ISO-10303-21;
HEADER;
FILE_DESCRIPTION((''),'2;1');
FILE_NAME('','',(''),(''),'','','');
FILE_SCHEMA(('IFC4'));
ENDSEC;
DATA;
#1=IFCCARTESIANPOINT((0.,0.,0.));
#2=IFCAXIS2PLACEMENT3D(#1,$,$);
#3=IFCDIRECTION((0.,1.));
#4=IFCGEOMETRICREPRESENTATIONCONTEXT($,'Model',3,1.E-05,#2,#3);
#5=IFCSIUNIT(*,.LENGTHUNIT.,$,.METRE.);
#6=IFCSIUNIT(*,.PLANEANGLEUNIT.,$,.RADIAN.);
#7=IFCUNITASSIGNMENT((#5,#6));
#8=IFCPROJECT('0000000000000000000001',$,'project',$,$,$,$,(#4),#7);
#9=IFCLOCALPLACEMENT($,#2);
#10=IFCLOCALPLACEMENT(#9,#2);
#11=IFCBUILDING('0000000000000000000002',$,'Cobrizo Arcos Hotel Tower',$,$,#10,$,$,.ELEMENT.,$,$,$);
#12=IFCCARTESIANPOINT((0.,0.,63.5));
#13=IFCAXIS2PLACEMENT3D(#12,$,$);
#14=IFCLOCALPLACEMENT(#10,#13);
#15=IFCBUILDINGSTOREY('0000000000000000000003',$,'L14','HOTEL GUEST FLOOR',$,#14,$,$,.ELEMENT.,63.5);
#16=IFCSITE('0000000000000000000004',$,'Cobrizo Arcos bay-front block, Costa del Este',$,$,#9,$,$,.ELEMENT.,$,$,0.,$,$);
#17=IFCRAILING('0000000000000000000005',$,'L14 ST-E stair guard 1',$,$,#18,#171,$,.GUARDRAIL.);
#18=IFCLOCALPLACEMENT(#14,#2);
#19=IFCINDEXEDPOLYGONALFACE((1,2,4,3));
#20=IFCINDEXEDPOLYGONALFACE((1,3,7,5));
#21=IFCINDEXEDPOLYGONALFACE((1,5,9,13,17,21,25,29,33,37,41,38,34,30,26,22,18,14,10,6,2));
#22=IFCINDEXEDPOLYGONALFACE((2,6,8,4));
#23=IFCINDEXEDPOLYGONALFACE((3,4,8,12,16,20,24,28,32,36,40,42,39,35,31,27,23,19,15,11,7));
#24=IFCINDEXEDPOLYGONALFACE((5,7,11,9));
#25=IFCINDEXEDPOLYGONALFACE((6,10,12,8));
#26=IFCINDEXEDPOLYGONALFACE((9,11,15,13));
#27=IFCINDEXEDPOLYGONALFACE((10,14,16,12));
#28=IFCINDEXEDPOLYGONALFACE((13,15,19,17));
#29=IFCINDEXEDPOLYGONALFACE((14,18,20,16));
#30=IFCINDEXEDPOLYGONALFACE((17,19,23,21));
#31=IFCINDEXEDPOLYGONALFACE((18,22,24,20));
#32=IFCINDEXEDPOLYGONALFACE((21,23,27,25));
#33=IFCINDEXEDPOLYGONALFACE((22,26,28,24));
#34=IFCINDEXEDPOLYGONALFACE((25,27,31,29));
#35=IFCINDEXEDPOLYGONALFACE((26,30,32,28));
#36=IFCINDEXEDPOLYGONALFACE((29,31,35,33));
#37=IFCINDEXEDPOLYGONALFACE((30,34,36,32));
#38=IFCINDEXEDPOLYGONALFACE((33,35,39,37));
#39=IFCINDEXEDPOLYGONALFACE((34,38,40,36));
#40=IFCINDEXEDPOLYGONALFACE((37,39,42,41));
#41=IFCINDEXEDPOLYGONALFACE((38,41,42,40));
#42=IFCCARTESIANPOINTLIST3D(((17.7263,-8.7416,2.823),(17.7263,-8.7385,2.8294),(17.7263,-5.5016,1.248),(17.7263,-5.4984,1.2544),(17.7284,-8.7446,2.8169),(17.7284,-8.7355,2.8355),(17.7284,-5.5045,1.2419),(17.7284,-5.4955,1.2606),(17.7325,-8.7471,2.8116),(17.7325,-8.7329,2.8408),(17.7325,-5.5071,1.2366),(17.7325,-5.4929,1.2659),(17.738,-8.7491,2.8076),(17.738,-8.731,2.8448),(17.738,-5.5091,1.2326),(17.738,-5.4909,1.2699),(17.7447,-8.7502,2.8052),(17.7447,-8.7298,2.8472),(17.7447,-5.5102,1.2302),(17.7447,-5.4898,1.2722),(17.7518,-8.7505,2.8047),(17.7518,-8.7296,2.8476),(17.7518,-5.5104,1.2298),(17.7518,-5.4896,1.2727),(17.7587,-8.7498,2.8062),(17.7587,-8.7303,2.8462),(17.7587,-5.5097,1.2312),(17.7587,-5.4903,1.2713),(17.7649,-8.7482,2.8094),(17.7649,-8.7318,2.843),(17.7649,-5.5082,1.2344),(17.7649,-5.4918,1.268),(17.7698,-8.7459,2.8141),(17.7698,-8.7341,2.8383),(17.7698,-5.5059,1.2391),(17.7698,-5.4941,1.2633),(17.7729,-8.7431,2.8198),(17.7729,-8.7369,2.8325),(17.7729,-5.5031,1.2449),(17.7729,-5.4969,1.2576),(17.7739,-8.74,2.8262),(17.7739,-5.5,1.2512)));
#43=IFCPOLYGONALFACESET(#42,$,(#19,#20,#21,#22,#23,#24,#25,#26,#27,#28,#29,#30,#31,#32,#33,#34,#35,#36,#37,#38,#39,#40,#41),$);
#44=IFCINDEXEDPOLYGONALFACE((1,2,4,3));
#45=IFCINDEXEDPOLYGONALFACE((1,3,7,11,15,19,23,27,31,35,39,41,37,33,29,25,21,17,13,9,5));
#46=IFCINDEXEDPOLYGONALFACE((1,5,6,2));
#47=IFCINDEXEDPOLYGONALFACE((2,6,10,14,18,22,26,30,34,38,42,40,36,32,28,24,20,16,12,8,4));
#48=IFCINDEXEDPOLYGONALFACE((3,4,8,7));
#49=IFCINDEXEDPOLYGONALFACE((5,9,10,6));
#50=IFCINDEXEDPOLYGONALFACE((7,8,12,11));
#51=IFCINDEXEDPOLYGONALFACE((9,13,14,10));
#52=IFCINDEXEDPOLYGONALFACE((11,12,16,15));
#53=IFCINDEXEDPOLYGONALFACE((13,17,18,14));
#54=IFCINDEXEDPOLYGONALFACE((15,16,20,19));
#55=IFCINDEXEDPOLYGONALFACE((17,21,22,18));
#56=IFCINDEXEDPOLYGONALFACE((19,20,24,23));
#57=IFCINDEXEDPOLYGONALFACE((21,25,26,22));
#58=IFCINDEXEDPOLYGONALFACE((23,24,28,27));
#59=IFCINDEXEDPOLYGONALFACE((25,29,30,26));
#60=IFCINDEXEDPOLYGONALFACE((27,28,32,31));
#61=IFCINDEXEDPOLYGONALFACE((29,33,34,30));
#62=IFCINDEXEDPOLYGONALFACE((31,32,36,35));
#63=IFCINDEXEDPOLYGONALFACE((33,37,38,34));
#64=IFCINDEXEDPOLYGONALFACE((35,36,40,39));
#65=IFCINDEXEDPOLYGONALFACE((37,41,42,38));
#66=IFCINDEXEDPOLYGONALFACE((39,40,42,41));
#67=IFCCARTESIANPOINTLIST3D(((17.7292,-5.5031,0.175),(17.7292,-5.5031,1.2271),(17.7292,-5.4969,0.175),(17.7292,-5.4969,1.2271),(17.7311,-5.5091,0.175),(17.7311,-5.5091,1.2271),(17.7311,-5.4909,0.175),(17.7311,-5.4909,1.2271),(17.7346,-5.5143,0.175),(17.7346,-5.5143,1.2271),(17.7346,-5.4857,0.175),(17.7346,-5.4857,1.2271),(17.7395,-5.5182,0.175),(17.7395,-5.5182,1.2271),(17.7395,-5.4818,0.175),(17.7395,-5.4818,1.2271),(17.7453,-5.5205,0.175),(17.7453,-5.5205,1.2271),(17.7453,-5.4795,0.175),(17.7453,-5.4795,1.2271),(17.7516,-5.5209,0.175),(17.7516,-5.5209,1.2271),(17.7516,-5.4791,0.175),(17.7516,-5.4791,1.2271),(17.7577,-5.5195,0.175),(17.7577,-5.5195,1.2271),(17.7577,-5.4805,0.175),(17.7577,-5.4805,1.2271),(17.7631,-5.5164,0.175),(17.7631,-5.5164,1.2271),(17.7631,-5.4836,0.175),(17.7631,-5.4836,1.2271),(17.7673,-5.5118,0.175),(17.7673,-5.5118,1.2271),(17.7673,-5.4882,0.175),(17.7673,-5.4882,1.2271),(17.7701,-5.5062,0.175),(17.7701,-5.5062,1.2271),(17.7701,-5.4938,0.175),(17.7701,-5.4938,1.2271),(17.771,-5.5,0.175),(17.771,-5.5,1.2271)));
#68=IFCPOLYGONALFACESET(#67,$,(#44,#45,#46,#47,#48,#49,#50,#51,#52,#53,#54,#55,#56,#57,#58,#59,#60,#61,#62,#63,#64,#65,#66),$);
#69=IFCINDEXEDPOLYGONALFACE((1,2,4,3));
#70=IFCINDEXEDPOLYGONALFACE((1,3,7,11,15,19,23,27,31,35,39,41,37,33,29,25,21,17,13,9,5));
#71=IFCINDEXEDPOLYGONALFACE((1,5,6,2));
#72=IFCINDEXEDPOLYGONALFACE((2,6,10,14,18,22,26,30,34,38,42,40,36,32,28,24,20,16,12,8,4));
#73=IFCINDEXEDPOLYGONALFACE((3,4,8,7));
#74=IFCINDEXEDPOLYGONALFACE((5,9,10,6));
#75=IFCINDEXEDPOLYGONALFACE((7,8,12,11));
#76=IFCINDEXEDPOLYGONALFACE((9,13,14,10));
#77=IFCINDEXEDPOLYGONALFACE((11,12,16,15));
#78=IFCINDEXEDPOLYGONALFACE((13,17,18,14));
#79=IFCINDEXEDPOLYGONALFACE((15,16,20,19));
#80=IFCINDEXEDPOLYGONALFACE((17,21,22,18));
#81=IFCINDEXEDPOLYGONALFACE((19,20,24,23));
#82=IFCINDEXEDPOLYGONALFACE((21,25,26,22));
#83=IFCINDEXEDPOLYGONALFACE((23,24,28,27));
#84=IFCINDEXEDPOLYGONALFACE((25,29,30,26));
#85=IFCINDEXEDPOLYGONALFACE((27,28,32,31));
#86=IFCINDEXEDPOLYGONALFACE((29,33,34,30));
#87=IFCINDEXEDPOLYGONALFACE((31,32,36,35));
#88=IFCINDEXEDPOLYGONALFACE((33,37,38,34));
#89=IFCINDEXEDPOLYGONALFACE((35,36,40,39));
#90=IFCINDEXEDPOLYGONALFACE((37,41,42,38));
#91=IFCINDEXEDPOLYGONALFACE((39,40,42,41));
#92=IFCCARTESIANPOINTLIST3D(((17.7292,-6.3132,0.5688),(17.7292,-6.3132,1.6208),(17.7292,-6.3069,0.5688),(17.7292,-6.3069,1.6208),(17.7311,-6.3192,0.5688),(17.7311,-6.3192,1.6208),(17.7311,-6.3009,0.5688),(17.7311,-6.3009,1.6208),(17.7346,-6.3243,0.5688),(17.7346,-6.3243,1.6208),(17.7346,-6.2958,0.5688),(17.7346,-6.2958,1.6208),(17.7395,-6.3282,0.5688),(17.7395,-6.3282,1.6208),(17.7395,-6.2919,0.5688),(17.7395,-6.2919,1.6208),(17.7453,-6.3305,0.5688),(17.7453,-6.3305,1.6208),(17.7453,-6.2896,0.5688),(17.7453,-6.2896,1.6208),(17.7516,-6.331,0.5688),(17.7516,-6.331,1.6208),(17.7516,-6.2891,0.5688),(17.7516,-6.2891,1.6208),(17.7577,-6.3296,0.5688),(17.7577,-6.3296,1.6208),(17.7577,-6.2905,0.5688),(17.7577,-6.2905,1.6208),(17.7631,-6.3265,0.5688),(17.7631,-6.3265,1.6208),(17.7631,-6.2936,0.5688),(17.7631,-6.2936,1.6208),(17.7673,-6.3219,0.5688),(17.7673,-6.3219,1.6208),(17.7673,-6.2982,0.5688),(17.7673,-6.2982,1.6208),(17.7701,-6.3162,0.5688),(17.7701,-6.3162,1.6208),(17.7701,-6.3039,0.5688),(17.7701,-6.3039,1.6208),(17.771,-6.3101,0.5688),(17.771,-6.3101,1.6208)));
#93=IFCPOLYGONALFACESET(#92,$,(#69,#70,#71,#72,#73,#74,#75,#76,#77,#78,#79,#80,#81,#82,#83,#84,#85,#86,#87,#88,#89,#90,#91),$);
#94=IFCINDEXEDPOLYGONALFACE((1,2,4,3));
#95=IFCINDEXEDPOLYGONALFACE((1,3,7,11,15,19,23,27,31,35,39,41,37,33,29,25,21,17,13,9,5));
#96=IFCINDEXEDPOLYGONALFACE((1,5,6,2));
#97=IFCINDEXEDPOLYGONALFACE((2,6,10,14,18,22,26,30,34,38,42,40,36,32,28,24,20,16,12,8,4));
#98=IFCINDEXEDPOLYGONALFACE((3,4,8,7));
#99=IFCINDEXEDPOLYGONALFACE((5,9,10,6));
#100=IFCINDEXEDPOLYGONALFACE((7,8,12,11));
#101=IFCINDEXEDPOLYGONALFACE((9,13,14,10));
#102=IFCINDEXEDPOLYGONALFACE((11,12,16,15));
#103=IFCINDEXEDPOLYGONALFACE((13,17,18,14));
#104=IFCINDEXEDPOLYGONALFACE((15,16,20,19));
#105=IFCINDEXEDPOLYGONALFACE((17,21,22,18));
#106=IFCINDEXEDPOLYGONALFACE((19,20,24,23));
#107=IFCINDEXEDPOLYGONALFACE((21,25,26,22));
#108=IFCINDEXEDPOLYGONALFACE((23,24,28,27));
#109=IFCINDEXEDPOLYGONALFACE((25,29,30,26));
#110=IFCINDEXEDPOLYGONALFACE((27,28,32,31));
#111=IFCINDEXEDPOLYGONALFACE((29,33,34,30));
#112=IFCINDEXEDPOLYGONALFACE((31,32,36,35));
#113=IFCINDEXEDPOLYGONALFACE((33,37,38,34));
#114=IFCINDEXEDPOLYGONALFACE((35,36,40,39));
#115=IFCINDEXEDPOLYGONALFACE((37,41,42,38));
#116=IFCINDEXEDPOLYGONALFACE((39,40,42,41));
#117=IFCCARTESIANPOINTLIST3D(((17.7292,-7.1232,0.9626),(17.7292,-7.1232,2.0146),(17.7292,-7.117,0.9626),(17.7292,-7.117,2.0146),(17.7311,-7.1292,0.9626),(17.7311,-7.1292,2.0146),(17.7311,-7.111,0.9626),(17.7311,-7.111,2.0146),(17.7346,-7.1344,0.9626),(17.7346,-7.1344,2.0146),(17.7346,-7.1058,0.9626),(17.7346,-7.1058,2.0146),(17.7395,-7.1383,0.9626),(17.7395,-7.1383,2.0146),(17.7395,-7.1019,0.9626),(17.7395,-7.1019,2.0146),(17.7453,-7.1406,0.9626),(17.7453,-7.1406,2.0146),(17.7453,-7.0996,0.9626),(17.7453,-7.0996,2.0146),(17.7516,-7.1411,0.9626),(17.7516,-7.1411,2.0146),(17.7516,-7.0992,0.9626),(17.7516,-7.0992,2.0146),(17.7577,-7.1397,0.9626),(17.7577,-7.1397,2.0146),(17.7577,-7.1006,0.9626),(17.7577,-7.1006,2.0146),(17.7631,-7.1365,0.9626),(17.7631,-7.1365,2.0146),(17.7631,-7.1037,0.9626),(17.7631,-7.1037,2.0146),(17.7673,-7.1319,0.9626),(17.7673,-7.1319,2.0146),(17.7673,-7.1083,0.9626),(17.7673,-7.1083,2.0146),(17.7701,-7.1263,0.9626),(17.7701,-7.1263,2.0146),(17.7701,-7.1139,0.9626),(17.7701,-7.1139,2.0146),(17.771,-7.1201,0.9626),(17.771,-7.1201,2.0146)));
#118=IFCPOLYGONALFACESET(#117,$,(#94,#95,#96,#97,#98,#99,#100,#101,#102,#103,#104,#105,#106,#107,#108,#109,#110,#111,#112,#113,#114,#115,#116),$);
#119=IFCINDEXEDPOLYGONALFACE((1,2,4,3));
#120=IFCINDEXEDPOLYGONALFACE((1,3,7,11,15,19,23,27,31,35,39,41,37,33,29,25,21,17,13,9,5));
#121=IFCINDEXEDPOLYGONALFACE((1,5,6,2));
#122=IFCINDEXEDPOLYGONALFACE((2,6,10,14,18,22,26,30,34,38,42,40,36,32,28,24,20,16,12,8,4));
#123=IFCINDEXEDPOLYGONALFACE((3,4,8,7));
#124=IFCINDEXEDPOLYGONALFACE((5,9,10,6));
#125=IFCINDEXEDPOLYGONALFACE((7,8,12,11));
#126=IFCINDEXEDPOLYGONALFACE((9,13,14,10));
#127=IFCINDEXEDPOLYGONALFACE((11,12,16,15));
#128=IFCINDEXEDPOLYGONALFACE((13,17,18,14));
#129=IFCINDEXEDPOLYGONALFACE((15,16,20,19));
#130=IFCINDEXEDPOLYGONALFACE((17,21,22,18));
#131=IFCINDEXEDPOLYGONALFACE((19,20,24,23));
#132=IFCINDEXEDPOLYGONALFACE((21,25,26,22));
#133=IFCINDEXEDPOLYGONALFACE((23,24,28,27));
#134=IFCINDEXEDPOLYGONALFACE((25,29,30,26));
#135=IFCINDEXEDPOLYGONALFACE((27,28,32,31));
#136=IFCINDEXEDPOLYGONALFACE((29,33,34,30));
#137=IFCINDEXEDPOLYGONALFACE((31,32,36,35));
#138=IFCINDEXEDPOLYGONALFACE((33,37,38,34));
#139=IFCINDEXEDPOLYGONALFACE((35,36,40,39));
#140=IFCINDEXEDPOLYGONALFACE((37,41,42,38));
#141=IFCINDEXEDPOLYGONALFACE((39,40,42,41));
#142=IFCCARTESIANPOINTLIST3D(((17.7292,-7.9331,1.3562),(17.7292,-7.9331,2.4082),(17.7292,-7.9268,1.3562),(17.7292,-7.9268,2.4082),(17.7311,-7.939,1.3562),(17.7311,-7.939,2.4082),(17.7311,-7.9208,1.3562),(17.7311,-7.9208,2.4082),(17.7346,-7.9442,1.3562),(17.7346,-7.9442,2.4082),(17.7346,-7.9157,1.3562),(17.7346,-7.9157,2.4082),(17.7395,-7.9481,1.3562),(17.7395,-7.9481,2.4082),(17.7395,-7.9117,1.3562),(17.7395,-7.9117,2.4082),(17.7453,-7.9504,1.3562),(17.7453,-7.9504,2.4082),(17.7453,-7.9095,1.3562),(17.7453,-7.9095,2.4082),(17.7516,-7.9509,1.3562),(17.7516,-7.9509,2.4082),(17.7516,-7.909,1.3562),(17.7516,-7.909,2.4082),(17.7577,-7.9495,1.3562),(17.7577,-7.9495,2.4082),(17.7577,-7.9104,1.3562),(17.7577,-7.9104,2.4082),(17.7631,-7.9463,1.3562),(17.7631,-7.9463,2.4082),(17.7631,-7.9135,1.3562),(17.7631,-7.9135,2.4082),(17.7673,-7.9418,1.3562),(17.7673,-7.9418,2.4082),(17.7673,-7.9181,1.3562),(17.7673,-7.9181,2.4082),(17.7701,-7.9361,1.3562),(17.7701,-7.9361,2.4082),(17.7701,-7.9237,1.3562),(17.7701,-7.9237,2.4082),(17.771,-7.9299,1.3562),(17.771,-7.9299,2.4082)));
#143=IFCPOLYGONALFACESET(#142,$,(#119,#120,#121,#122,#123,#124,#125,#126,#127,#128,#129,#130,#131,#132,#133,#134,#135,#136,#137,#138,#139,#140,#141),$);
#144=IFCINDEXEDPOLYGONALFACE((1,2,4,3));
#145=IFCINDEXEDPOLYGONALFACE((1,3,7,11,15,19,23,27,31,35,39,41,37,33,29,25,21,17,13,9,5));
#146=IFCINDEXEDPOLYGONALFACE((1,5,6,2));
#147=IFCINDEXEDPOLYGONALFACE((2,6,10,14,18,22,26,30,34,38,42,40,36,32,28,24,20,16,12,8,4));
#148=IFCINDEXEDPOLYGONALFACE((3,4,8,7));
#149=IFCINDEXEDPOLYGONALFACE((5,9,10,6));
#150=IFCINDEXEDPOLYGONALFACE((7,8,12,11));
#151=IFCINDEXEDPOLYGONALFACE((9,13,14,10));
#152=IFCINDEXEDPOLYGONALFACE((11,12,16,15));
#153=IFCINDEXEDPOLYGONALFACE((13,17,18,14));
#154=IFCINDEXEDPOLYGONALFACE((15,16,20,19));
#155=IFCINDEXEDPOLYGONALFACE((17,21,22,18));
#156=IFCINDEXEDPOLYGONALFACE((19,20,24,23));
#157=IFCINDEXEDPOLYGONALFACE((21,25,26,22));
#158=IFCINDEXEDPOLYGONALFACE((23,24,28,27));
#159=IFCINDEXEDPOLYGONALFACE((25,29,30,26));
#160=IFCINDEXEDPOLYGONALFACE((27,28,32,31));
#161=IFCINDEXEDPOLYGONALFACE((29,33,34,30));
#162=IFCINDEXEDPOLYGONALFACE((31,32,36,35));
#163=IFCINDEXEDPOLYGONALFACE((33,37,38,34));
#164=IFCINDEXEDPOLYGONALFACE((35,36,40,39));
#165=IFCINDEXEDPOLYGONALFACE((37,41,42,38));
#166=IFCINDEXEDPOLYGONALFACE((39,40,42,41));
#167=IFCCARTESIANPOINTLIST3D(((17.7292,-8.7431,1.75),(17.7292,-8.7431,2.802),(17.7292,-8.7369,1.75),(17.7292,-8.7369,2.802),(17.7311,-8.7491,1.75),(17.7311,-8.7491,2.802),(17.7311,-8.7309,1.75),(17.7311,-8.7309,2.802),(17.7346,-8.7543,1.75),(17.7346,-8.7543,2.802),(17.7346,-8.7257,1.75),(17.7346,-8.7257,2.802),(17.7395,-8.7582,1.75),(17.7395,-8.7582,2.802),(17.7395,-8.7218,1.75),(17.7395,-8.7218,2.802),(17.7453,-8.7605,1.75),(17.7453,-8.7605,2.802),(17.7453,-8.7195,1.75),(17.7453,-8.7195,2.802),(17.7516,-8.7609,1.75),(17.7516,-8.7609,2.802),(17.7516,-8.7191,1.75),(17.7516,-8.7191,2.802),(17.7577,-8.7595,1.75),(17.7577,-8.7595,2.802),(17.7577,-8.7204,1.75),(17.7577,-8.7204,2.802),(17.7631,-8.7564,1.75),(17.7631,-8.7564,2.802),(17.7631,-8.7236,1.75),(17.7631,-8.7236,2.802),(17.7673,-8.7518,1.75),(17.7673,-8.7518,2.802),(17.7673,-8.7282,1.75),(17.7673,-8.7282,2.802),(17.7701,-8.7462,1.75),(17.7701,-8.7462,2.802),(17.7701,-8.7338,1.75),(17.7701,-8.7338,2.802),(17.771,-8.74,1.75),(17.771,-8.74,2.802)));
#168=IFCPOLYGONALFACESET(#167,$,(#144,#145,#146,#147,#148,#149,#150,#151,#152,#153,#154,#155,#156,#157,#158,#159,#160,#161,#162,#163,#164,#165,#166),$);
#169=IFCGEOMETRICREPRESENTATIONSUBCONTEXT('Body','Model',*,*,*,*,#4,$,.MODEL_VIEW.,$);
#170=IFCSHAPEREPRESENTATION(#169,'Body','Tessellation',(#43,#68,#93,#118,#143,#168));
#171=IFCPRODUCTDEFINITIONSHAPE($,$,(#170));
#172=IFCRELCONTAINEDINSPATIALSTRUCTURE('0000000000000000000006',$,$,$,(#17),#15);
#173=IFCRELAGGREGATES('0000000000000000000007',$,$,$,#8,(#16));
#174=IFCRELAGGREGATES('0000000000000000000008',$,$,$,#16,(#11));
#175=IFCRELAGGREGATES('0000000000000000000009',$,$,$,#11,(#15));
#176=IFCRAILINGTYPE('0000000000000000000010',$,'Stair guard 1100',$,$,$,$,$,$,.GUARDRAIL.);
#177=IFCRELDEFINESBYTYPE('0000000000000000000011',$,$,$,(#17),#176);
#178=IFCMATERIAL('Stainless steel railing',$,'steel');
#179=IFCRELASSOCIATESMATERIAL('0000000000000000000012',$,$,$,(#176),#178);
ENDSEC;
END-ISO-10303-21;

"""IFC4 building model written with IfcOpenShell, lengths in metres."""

from ifc_helpers import new_model, si_unit, direction, frame, origin, origin_2d, place, context, subcontext, project, spatial, circle, extrude, material, type_object, element, save


model = new_model("IFC4")

# Units and contexts
model_context = context("Model", 3, precision=1e-05, world=origin(), true_north=direction((0.0, 1.0)))
body_context = subcontext(model_context, "Body", "Model", "MODEL_VIEW")
ifc_project = project(units=[si_unit("LENGTHUNIT", "METRE"), si_unit("PLANEANGLEUNIT", "RADIAN")], contexts=[model_context])

# Site, building, storey
site_placement = place(None, origin())
site = spatial("IfcSite", under=ifc_project, at=site_placement, Name="Cobrizo Arcos bay-front block, Costa del Este", CompositionType="ELEMENT", RefElevation=0.0)
building_placement = place(site_placement, origin())
building = spatial("IfcBuilding", under=site, at=building_placement, Name="Cobrizo Arcos Hotel Tower", CompositionType="ELEMENT")
storey_placement = place(building_placement, frame((0.0, 0.0, 63.5)))
storey = spatial("IfcBuildingStorey", under=building, at=storey_placement, Name="L14", Description="HOTEL GUEST FLOOR", CompositionType="ELEMENT", Elevation=63.5)

# Railing
ifc_material_1 = material(Name="Stainless steel railing", Category="steel")
railing_type_1 = type_object("IfcRailingType", Name="Stair guard 1100", PredefinedType="GUARDRAIL", material=ifc_material_1)
railing_1_placement = place(storey_placement, frame((17.75, -5.5, 0.175)))
element("IfcRailing", 1, at=railing_1_placement, inside=storey, type_object=railing_type_1, Name="L14 ST-E stair guard 1", PredefinedType="GUARDRAIL", context=body_context, shape_type="SweptSolid", body=[
    extrude(circle(Radius=0.0239, at=origin_2d()), frame((0.0, 0.0, 1.0762), z_axis=(0.0, -0.899373, 0.437183), x_axis=(1.0, 0.0, 0.0)), (0.0, 0.0, 1.0), 3.6025),
    extrude(circle(Radius=0.021, at=origin_2d()), origin(), (0.0, 0.0, 1.0), 1.052),
    extrude(circle(Radius=0.021, at=origin_2d()), frame((0.0, -0.8101, 0.3938)), (0.0, 0.0, 1.0), 1.052),
    extrude(circle(Radius=0.021, at=origin_2d()), frame((0.0, -1.6201, 0.7876)), (0.0, 0.0, 1.0), 1.052),
    extrude(circle(Radius=0.021, at=origin_2d()), frame((0.0, -2.4299, 1.1812)), (0.0, 0.0, 1.0), 1.052),
    extrude(circle(Radius=0.021, at=origin_2d()), frame((0.0, -3.24, 1.575)), (0.0, 0.0, 1.0), 1.052),
])

save(model, "model.ifc")
